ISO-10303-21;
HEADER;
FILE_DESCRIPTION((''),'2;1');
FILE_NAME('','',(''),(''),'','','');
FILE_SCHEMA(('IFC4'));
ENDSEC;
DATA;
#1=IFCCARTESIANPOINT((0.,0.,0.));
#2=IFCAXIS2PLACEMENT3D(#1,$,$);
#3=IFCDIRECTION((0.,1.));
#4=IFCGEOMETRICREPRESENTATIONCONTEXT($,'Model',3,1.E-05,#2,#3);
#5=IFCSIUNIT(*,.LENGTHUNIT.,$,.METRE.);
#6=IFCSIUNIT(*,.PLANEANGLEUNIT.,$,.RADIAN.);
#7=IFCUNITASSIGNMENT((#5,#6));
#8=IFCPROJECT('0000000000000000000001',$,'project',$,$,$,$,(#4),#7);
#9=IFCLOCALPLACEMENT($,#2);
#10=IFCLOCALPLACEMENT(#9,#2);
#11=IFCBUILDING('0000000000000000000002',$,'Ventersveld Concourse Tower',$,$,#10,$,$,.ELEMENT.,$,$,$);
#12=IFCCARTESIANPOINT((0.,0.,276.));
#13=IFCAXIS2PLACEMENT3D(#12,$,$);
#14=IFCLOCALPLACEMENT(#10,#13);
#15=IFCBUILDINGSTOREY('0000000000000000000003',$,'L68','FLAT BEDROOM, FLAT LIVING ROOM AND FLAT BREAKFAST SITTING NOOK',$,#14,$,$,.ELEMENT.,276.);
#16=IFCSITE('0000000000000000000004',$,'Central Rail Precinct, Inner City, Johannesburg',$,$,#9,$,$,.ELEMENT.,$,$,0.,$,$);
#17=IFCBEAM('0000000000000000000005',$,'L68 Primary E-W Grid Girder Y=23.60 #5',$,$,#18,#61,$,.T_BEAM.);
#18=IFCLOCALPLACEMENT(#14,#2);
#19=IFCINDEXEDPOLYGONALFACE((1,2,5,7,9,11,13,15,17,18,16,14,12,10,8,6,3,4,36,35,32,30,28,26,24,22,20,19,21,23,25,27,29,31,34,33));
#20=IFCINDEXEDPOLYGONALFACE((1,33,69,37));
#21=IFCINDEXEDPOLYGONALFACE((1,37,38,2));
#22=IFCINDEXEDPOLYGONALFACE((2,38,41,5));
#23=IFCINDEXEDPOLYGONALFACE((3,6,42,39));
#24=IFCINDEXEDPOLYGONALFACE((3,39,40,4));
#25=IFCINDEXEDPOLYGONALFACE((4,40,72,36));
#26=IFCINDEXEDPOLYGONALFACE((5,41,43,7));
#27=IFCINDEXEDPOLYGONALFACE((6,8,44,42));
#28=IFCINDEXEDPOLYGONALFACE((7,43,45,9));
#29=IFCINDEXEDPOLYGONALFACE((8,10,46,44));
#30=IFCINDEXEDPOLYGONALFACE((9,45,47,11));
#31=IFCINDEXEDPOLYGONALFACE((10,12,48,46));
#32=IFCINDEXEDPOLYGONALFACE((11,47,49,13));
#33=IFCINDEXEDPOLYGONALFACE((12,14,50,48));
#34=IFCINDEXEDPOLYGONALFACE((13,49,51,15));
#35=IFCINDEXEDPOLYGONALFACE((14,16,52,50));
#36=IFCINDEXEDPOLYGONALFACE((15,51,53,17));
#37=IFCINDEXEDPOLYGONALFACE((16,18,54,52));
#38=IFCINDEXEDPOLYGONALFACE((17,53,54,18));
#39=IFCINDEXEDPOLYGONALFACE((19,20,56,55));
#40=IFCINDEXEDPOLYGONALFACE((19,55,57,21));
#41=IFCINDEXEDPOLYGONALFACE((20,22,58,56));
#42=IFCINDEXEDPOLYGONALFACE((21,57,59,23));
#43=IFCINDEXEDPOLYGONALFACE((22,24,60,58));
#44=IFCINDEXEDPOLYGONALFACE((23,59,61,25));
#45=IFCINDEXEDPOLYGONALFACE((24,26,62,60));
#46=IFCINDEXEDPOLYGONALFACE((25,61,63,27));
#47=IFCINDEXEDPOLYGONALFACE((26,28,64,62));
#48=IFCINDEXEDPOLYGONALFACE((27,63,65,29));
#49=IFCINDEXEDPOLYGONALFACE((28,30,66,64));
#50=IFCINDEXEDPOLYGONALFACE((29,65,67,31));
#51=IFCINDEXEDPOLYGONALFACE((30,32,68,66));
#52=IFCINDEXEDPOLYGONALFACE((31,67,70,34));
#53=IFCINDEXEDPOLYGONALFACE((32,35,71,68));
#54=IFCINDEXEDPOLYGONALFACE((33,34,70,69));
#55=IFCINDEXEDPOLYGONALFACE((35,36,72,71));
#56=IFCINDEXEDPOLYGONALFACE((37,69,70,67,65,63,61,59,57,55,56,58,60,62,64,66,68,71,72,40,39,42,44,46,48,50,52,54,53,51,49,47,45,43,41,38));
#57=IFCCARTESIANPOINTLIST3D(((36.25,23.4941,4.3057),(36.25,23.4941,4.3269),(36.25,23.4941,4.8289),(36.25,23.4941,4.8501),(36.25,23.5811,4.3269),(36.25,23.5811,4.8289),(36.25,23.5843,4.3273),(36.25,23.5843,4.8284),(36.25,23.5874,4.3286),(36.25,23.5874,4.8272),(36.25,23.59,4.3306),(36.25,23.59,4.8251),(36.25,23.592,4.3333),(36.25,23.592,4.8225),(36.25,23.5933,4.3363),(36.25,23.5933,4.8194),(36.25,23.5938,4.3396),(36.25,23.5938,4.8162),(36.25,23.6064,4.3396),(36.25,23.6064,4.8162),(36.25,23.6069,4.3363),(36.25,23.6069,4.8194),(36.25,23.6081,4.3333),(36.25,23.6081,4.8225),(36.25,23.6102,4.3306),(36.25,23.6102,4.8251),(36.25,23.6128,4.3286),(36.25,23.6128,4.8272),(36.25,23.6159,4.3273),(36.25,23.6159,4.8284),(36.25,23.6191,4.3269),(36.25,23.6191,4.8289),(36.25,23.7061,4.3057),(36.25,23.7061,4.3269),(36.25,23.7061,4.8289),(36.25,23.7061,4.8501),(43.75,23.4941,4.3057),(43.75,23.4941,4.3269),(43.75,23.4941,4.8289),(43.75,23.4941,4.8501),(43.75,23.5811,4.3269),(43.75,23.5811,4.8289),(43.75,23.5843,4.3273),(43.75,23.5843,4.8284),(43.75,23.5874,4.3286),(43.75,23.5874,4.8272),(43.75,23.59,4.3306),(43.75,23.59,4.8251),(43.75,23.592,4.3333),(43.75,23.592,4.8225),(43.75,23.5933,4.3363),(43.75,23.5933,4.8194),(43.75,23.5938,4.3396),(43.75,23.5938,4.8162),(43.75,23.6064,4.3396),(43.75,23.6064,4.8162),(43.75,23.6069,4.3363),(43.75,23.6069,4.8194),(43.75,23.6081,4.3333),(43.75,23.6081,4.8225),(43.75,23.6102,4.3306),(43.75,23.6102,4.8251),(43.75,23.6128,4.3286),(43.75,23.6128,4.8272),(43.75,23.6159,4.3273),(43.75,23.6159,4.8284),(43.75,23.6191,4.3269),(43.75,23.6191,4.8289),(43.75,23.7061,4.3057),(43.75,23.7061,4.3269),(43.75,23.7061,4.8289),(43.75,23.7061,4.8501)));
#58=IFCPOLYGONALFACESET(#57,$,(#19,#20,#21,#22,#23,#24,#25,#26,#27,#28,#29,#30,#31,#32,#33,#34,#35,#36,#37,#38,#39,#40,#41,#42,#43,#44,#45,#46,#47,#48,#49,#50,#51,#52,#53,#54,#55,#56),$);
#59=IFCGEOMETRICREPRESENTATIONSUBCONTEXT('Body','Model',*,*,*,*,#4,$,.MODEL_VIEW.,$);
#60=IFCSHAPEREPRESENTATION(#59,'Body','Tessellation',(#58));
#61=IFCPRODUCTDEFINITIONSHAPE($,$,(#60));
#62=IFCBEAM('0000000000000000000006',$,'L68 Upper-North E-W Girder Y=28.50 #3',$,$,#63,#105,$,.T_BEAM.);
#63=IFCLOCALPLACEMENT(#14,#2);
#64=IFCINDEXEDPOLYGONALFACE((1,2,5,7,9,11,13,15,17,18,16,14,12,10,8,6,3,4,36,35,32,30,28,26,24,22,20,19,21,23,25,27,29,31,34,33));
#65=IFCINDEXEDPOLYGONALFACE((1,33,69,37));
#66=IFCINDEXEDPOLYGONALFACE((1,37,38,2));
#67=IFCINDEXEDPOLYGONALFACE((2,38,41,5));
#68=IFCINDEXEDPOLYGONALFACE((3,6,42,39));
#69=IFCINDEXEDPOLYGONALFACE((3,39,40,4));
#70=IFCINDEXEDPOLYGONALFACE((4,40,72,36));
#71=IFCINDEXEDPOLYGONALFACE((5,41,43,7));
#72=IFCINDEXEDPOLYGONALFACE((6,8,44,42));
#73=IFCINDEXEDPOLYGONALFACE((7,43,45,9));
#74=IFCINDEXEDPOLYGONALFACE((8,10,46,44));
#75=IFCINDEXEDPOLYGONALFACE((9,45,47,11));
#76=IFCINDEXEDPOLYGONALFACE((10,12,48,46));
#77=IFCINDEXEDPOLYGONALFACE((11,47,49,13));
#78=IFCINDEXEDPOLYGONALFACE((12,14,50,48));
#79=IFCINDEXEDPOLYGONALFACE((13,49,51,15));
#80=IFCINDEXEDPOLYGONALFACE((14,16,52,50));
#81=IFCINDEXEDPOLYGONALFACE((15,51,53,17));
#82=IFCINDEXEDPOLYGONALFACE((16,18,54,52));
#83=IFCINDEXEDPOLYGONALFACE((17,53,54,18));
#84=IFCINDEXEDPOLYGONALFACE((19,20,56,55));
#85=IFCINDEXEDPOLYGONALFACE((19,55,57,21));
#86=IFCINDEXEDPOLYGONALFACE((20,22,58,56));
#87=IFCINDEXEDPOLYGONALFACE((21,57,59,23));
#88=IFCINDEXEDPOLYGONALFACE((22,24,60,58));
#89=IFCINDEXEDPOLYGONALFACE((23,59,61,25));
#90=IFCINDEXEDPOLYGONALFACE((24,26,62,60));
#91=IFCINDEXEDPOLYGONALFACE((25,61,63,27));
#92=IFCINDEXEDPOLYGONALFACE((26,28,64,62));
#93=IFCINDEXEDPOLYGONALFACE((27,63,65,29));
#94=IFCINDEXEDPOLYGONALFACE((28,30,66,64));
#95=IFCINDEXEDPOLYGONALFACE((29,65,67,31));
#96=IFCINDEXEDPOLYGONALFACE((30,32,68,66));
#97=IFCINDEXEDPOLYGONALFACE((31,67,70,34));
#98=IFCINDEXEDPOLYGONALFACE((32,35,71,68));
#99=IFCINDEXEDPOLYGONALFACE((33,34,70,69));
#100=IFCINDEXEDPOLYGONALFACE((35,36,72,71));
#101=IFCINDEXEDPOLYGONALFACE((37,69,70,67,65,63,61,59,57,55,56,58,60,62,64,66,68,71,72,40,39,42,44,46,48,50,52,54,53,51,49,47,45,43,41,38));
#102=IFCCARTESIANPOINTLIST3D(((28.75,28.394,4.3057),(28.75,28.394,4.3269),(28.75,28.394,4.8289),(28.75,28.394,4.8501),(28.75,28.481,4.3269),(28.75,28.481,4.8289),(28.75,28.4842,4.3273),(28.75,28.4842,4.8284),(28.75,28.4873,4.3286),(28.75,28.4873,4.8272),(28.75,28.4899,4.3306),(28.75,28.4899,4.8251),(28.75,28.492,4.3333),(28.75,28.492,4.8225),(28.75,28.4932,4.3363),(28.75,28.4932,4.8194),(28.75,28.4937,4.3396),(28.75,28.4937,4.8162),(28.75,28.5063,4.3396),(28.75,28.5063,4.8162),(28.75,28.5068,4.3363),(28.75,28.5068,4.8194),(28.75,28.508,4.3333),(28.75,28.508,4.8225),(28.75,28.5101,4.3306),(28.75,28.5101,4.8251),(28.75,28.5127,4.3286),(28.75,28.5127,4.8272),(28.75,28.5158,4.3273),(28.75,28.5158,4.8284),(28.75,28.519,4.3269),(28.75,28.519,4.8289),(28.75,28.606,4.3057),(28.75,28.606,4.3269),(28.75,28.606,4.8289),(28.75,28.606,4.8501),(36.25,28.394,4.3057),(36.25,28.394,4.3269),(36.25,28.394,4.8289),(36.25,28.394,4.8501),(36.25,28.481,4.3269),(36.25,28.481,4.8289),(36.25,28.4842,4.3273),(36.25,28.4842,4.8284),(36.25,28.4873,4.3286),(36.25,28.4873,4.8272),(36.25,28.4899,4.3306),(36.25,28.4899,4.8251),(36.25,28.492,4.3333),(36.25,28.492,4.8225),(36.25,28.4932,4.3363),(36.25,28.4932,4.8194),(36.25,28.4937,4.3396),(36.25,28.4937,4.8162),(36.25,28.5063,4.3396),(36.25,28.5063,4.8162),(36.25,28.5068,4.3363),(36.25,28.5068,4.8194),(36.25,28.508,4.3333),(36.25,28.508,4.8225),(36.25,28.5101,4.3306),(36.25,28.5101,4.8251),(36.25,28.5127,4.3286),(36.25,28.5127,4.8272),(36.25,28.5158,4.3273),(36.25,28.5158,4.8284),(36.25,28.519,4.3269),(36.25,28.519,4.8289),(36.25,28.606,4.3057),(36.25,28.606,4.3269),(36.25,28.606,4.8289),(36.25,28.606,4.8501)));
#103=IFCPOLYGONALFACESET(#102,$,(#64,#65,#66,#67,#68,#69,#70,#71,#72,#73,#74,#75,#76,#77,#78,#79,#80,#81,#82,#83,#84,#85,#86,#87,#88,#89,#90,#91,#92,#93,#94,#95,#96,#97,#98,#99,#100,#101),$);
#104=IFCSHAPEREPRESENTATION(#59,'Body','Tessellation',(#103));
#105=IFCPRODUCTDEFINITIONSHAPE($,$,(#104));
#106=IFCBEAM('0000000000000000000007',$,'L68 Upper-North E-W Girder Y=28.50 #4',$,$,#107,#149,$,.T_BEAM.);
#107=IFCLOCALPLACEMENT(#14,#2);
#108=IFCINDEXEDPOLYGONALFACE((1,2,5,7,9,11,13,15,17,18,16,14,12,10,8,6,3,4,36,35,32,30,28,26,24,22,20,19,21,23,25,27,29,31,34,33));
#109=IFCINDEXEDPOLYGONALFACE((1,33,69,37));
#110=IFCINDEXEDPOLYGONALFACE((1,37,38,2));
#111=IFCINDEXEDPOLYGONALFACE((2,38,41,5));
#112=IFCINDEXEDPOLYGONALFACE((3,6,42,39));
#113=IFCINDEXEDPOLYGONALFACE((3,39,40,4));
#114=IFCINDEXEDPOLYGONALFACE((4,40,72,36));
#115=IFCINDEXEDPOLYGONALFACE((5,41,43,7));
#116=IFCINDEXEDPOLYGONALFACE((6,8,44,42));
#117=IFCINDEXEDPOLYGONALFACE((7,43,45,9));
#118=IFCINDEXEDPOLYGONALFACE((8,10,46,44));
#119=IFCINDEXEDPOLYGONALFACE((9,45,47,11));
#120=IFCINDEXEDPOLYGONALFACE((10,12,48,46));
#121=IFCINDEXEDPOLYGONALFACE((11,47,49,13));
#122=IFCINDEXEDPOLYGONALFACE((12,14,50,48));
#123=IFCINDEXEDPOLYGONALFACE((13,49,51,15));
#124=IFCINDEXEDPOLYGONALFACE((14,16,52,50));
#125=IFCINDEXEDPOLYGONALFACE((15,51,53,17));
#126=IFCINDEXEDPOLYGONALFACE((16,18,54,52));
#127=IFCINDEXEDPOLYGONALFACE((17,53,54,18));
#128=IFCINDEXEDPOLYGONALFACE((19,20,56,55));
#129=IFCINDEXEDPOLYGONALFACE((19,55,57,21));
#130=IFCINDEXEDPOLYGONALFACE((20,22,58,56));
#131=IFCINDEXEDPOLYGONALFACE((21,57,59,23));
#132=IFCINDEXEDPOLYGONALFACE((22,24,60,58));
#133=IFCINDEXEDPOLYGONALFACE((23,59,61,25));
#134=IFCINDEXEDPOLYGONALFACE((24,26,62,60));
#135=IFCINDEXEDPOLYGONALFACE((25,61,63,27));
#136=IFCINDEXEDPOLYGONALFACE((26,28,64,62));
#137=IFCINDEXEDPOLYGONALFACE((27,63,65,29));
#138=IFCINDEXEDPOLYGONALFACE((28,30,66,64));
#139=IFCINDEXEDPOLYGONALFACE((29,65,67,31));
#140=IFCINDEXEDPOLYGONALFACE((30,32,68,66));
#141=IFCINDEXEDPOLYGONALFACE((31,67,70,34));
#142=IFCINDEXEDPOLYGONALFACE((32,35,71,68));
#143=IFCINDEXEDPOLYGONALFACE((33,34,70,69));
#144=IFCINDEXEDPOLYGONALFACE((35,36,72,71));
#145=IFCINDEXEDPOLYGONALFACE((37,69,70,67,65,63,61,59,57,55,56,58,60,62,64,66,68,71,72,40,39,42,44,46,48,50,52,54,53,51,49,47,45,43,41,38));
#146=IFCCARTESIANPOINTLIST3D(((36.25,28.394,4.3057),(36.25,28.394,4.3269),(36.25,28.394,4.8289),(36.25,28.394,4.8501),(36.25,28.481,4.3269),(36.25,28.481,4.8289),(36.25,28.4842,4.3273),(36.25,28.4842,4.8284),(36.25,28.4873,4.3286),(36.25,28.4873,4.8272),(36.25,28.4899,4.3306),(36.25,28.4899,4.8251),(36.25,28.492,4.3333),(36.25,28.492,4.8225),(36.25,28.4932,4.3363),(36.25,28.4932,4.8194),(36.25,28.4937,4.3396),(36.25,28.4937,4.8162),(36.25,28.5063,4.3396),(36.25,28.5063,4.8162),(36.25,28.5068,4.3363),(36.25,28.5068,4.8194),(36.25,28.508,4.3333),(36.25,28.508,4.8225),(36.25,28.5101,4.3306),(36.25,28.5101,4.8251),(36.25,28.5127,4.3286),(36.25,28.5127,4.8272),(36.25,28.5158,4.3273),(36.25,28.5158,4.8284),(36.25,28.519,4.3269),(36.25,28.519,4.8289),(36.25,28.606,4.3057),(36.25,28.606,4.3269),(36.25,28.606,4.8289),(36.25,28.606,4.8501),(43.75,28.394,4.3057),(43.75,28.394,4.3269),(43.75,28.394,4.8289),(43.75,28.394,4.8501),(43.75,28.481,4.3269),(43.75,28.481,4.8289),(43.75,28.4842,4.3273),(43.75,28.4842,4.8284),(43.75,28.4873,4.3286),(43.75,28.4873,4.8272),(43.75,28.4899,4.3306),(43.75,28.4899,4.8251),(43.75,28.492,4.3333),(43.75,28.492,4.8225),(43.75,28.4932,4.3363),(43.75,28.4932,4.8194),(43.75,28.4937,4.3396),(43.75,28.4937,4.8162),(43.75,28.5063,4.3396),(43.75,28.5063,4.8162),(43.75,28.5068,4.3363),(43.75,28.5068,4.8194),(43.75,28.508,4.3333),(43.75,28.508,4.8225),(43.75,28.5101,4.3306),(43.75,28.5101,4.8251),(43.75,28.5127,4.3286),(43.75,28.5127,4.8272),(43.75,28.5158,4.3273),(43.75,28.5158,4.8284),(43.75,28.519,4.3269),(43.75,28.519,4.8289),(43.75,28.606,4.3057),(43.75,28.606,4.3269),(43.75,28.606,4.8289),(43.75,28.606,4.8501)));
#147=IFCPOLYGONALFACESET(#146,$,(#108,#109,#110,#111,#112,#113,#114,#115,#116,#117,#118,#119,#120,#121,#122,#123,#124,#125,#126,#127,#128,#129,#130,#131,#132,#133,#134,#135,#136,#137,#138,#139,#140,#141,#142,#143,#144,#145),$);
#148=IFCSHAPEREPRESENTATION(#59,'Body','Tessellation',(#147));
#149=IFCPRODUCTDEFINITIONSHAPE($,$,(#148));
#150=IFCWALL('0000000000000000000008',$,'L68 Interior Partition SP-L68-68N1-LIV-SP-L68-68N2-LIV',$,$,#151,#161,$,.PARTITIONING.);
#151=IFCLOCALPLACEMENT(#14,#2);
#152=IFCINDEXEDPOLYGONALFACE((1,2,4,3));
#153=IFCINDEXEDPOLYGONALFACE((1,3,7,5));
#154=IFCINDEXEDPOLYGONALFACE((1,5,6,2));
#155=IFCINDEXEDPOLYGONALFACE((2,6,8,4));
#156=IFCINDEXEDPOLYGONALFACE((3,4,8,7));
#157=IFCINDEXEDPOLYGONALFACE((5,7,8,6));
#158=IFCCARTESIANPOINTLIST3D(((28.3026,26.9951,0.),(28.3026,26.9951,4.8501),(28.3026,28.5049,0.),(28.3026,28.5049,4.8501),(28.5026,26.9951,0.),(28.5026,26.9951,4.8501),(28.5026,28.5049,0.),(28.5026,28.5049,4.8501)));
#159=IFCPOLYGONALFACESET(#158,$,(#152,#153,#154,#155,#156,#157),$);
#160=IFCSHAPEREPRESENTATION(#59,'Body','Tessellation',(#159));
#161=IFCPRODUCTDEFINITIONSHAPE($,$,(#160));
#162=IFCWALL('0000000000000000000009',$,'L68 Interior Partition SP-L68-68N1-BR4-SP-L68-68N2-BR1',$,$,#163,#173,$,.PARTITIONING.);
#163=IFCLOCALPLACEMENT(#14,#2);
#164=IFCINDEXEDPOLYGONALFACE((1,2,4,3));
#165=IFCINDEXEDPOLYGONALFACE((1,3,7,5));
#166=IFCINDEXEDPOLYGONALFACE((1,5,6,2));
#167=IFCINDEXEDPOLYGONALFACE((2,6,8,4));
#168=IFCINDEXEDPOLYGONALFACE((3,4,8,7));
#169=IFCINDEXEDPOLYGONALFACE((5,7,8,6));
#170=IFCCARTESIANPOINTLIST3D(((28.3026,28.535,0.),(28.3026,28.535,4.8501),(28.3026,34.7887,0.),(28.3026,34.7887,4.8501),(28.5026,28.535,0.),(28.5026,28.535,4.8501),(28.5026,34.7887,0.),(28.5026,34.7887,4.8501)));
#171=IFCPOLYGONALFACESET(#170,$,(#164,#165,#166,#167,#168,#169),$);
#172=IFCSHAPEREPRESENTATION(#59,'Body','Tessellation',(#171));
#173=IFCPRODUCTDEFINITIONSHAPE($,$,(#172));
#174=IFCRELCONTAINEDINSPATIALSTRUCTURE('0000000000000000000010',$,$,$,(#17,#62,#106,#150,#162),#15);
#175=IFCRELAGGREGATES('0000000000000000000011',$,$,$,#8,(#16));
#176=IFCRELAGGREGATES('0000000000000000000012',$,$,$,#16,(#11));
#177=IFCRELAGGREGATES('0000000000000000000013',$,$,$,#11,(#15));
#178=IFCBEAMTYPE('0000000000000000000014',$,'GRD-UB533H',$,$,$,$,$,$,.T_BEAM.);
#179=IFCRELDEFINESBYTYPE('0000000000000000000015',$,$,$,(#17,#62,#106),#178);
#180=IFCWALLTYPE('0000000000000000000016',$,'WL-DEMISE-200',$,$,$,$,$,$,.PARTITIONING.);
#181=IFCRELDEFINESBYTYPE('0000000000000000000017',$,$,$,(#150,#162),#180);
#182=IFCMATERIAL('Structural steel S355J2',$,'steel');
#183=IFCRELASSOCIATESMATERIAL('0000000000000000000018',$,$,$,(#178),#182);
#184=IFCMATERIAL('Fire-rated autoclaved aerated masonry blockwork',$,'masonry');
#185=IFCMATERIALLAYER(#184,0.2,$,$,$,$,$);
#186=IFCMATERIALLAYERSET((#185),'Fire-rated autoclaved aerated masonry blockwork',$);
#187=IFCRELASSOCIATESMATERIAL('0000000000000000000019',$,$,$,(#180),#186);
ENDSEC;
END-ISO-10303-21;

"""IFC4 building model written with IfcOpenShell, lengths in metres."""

from ifc_helpers import new_model, si_unit, direction, frame, frame_2d, origin, origin_2d, place, context, subcontext, project, spatial, rectangle, i_section, extrude, material, layer, layer_set, material_profile, profile_set, type_object, element, save


model = new_model("IFC4")

# Units and contexts
model_context = context("Model", 3, precision=1e-05, world=origin(), true_north=direction((0.0, 1.0)))
body_context = subcontext(model_context, "Body", "Model", "MODEL_VIEW")
ifc_project = project(units=[si_unit("LENGTHUNIT", "METRE"), si_unit("PLANEANGLEUNIT", "RADIAN")], contexts=[model_context])

# Site, building, storey
site_placement = place(None, origin())
site = spatial("IfcSite", under=ifc_project, at=site_placement, Name="Central Rail Precinct, Inner City, Johannesburg", CompositionType="ELEMENT", RefElevation=0.0)
building_placement = place(site_placement, origin())
building = spatial("IfcBuilding", under=site, at=building_placement, Name="Ventersveld Concourse Tower", CompositionType="ELEMENT")
storey_placement = place(building_placement, frame((0.0, 0.0, 276.0)))
storey = spatial("IfcBuildingStorey", under=building, at=storey_placement, Name="L68", Description="FLAT BEDROOM, FLAT LIVING ROOM AND FLAT BREAKFAST SITTING NOOK", CompositionType="ELEMENT", Elevation=276.0)

# Beams
ifc_material_1 = material(Name="Structural steel S355J2", Category="steel")
ifc_material_profile_1 = material_profile(ifc_material_1, i_section(OverallWidth=0.2119, OverallDepth=0.5444, WebThickness=0.0127, FlangeThickness=0.0212, FilletRadius=0.0127, at=origin_2d()), Name="UB 533x210x122")
ifc_profile_set_1 = profile_set([ifc_material_profile_1], Name="Structural steel S355J2")
beam_type_1 = type_object("IfcBeamType", Name="GRD-UB533H", PredefinedType="T_BEAM", material=ifc_profile_set_1)
for number, where, z_axis, x_axis, name in (
    (1, (36.25, 23.6001, 4.5779), (1.0, 0.0, 0.0), (0.0, 1.0, 0.0), "L68 Primary E-W Grid Girder Y=23.60 #5"),
    (2, (28.75, 28.5, 4.5779), (1.0, 0.0, 0.0), (0.0, 1.0, 0.0), "L68 Upper-North E-W Girder Y=28.50 #3"),
    (3, (36.25, 28.5, 4.5779), (1.0, 0.0, 0.0), (0.0, 1.0, 0.0), "L68 Upper-North E-W Girder Y=28.50 #4"),
):
    element("IfcBeam", number, at=place(storey_placement, frame(where, z_axis=z_axis, x_axis=x_axis)), inside=storey, type_object=beam_type_1, Name=name, PredefinedType="T_BEAM", context=body_context, shape_type="SweptSolid", body=[
        extrude(i_section(OverallWidth=0.2119, OverallDepth=0.5444, WebThickness=0.0127, FlangeThickness=0.0212, FilletRadius=0.0127, at=origin_2d()), origin(), (0.0, 0.0, 1.0), 7.5),
    ])

# Walls
ifc_material_2 = material(Name="Fire-rated autoclaved aerated masonry blockwork", Category="masonry")
ifc_layer_1 = layer(ifc_material_2, 0.2)
ifc_layer_set_1 = layer_set([ifc_layer_1], Name="Fire-rated autoclaved aerated masonry blockwork")
wall_type_1 = type_object("IfcWallType", Name="WL-DEMISE-200", PredefinedType="PARTITIONING", material=ifc_layer_set_1)
wall_1_placement = place(storey_placement, frame((28.4026, 26.9951, 0.0), z_axis=(0.0, 0.0, 1.0), x_axis=(0.0, 1.0, 0.0)))
element("IfcWall", 4, at=wall_1_placement, inside=storey, type_object=wall_type_1, Name="L68 Interior Partition SP-L68-68N1-LIV-SP-L68-68N2-LIV", PredefinedType="PARTITIONING", context=body_context, shape_type="SweptSolid", body=[
    extrude(rectangle(XDim=1.5098, YDim=0.2, at=frame_2d((0.7549, 0.0))), origin(), (0.0, 0.0, 1.0), 4.8501),
])
wall_2_placement = place(storey_placement, frame((28.4026, 28.5349, 0.0), z_axis=(0.0, 0.0, 1.0), x_axis=(0.0, 1.0, 0.0)))
element("IfcWall", 5, at=wall_2_placement, inside=storey, type_object=wall_type_1, Name="L68 Interior Partition SP-L68-68N1-BR4-SP-L68-68N2-BR1", PredefinedType="PARTITIONING", context=body_context, shape_type="SweptSolid", body=[
    extrude(rectangle(XDim=6.2537, YDim=0.2, at=frame_2d((3.127, 0.0))), origin(), (0.0, 0.0, 1.0), 4.8501),
])

save(model, "model.ifc")
